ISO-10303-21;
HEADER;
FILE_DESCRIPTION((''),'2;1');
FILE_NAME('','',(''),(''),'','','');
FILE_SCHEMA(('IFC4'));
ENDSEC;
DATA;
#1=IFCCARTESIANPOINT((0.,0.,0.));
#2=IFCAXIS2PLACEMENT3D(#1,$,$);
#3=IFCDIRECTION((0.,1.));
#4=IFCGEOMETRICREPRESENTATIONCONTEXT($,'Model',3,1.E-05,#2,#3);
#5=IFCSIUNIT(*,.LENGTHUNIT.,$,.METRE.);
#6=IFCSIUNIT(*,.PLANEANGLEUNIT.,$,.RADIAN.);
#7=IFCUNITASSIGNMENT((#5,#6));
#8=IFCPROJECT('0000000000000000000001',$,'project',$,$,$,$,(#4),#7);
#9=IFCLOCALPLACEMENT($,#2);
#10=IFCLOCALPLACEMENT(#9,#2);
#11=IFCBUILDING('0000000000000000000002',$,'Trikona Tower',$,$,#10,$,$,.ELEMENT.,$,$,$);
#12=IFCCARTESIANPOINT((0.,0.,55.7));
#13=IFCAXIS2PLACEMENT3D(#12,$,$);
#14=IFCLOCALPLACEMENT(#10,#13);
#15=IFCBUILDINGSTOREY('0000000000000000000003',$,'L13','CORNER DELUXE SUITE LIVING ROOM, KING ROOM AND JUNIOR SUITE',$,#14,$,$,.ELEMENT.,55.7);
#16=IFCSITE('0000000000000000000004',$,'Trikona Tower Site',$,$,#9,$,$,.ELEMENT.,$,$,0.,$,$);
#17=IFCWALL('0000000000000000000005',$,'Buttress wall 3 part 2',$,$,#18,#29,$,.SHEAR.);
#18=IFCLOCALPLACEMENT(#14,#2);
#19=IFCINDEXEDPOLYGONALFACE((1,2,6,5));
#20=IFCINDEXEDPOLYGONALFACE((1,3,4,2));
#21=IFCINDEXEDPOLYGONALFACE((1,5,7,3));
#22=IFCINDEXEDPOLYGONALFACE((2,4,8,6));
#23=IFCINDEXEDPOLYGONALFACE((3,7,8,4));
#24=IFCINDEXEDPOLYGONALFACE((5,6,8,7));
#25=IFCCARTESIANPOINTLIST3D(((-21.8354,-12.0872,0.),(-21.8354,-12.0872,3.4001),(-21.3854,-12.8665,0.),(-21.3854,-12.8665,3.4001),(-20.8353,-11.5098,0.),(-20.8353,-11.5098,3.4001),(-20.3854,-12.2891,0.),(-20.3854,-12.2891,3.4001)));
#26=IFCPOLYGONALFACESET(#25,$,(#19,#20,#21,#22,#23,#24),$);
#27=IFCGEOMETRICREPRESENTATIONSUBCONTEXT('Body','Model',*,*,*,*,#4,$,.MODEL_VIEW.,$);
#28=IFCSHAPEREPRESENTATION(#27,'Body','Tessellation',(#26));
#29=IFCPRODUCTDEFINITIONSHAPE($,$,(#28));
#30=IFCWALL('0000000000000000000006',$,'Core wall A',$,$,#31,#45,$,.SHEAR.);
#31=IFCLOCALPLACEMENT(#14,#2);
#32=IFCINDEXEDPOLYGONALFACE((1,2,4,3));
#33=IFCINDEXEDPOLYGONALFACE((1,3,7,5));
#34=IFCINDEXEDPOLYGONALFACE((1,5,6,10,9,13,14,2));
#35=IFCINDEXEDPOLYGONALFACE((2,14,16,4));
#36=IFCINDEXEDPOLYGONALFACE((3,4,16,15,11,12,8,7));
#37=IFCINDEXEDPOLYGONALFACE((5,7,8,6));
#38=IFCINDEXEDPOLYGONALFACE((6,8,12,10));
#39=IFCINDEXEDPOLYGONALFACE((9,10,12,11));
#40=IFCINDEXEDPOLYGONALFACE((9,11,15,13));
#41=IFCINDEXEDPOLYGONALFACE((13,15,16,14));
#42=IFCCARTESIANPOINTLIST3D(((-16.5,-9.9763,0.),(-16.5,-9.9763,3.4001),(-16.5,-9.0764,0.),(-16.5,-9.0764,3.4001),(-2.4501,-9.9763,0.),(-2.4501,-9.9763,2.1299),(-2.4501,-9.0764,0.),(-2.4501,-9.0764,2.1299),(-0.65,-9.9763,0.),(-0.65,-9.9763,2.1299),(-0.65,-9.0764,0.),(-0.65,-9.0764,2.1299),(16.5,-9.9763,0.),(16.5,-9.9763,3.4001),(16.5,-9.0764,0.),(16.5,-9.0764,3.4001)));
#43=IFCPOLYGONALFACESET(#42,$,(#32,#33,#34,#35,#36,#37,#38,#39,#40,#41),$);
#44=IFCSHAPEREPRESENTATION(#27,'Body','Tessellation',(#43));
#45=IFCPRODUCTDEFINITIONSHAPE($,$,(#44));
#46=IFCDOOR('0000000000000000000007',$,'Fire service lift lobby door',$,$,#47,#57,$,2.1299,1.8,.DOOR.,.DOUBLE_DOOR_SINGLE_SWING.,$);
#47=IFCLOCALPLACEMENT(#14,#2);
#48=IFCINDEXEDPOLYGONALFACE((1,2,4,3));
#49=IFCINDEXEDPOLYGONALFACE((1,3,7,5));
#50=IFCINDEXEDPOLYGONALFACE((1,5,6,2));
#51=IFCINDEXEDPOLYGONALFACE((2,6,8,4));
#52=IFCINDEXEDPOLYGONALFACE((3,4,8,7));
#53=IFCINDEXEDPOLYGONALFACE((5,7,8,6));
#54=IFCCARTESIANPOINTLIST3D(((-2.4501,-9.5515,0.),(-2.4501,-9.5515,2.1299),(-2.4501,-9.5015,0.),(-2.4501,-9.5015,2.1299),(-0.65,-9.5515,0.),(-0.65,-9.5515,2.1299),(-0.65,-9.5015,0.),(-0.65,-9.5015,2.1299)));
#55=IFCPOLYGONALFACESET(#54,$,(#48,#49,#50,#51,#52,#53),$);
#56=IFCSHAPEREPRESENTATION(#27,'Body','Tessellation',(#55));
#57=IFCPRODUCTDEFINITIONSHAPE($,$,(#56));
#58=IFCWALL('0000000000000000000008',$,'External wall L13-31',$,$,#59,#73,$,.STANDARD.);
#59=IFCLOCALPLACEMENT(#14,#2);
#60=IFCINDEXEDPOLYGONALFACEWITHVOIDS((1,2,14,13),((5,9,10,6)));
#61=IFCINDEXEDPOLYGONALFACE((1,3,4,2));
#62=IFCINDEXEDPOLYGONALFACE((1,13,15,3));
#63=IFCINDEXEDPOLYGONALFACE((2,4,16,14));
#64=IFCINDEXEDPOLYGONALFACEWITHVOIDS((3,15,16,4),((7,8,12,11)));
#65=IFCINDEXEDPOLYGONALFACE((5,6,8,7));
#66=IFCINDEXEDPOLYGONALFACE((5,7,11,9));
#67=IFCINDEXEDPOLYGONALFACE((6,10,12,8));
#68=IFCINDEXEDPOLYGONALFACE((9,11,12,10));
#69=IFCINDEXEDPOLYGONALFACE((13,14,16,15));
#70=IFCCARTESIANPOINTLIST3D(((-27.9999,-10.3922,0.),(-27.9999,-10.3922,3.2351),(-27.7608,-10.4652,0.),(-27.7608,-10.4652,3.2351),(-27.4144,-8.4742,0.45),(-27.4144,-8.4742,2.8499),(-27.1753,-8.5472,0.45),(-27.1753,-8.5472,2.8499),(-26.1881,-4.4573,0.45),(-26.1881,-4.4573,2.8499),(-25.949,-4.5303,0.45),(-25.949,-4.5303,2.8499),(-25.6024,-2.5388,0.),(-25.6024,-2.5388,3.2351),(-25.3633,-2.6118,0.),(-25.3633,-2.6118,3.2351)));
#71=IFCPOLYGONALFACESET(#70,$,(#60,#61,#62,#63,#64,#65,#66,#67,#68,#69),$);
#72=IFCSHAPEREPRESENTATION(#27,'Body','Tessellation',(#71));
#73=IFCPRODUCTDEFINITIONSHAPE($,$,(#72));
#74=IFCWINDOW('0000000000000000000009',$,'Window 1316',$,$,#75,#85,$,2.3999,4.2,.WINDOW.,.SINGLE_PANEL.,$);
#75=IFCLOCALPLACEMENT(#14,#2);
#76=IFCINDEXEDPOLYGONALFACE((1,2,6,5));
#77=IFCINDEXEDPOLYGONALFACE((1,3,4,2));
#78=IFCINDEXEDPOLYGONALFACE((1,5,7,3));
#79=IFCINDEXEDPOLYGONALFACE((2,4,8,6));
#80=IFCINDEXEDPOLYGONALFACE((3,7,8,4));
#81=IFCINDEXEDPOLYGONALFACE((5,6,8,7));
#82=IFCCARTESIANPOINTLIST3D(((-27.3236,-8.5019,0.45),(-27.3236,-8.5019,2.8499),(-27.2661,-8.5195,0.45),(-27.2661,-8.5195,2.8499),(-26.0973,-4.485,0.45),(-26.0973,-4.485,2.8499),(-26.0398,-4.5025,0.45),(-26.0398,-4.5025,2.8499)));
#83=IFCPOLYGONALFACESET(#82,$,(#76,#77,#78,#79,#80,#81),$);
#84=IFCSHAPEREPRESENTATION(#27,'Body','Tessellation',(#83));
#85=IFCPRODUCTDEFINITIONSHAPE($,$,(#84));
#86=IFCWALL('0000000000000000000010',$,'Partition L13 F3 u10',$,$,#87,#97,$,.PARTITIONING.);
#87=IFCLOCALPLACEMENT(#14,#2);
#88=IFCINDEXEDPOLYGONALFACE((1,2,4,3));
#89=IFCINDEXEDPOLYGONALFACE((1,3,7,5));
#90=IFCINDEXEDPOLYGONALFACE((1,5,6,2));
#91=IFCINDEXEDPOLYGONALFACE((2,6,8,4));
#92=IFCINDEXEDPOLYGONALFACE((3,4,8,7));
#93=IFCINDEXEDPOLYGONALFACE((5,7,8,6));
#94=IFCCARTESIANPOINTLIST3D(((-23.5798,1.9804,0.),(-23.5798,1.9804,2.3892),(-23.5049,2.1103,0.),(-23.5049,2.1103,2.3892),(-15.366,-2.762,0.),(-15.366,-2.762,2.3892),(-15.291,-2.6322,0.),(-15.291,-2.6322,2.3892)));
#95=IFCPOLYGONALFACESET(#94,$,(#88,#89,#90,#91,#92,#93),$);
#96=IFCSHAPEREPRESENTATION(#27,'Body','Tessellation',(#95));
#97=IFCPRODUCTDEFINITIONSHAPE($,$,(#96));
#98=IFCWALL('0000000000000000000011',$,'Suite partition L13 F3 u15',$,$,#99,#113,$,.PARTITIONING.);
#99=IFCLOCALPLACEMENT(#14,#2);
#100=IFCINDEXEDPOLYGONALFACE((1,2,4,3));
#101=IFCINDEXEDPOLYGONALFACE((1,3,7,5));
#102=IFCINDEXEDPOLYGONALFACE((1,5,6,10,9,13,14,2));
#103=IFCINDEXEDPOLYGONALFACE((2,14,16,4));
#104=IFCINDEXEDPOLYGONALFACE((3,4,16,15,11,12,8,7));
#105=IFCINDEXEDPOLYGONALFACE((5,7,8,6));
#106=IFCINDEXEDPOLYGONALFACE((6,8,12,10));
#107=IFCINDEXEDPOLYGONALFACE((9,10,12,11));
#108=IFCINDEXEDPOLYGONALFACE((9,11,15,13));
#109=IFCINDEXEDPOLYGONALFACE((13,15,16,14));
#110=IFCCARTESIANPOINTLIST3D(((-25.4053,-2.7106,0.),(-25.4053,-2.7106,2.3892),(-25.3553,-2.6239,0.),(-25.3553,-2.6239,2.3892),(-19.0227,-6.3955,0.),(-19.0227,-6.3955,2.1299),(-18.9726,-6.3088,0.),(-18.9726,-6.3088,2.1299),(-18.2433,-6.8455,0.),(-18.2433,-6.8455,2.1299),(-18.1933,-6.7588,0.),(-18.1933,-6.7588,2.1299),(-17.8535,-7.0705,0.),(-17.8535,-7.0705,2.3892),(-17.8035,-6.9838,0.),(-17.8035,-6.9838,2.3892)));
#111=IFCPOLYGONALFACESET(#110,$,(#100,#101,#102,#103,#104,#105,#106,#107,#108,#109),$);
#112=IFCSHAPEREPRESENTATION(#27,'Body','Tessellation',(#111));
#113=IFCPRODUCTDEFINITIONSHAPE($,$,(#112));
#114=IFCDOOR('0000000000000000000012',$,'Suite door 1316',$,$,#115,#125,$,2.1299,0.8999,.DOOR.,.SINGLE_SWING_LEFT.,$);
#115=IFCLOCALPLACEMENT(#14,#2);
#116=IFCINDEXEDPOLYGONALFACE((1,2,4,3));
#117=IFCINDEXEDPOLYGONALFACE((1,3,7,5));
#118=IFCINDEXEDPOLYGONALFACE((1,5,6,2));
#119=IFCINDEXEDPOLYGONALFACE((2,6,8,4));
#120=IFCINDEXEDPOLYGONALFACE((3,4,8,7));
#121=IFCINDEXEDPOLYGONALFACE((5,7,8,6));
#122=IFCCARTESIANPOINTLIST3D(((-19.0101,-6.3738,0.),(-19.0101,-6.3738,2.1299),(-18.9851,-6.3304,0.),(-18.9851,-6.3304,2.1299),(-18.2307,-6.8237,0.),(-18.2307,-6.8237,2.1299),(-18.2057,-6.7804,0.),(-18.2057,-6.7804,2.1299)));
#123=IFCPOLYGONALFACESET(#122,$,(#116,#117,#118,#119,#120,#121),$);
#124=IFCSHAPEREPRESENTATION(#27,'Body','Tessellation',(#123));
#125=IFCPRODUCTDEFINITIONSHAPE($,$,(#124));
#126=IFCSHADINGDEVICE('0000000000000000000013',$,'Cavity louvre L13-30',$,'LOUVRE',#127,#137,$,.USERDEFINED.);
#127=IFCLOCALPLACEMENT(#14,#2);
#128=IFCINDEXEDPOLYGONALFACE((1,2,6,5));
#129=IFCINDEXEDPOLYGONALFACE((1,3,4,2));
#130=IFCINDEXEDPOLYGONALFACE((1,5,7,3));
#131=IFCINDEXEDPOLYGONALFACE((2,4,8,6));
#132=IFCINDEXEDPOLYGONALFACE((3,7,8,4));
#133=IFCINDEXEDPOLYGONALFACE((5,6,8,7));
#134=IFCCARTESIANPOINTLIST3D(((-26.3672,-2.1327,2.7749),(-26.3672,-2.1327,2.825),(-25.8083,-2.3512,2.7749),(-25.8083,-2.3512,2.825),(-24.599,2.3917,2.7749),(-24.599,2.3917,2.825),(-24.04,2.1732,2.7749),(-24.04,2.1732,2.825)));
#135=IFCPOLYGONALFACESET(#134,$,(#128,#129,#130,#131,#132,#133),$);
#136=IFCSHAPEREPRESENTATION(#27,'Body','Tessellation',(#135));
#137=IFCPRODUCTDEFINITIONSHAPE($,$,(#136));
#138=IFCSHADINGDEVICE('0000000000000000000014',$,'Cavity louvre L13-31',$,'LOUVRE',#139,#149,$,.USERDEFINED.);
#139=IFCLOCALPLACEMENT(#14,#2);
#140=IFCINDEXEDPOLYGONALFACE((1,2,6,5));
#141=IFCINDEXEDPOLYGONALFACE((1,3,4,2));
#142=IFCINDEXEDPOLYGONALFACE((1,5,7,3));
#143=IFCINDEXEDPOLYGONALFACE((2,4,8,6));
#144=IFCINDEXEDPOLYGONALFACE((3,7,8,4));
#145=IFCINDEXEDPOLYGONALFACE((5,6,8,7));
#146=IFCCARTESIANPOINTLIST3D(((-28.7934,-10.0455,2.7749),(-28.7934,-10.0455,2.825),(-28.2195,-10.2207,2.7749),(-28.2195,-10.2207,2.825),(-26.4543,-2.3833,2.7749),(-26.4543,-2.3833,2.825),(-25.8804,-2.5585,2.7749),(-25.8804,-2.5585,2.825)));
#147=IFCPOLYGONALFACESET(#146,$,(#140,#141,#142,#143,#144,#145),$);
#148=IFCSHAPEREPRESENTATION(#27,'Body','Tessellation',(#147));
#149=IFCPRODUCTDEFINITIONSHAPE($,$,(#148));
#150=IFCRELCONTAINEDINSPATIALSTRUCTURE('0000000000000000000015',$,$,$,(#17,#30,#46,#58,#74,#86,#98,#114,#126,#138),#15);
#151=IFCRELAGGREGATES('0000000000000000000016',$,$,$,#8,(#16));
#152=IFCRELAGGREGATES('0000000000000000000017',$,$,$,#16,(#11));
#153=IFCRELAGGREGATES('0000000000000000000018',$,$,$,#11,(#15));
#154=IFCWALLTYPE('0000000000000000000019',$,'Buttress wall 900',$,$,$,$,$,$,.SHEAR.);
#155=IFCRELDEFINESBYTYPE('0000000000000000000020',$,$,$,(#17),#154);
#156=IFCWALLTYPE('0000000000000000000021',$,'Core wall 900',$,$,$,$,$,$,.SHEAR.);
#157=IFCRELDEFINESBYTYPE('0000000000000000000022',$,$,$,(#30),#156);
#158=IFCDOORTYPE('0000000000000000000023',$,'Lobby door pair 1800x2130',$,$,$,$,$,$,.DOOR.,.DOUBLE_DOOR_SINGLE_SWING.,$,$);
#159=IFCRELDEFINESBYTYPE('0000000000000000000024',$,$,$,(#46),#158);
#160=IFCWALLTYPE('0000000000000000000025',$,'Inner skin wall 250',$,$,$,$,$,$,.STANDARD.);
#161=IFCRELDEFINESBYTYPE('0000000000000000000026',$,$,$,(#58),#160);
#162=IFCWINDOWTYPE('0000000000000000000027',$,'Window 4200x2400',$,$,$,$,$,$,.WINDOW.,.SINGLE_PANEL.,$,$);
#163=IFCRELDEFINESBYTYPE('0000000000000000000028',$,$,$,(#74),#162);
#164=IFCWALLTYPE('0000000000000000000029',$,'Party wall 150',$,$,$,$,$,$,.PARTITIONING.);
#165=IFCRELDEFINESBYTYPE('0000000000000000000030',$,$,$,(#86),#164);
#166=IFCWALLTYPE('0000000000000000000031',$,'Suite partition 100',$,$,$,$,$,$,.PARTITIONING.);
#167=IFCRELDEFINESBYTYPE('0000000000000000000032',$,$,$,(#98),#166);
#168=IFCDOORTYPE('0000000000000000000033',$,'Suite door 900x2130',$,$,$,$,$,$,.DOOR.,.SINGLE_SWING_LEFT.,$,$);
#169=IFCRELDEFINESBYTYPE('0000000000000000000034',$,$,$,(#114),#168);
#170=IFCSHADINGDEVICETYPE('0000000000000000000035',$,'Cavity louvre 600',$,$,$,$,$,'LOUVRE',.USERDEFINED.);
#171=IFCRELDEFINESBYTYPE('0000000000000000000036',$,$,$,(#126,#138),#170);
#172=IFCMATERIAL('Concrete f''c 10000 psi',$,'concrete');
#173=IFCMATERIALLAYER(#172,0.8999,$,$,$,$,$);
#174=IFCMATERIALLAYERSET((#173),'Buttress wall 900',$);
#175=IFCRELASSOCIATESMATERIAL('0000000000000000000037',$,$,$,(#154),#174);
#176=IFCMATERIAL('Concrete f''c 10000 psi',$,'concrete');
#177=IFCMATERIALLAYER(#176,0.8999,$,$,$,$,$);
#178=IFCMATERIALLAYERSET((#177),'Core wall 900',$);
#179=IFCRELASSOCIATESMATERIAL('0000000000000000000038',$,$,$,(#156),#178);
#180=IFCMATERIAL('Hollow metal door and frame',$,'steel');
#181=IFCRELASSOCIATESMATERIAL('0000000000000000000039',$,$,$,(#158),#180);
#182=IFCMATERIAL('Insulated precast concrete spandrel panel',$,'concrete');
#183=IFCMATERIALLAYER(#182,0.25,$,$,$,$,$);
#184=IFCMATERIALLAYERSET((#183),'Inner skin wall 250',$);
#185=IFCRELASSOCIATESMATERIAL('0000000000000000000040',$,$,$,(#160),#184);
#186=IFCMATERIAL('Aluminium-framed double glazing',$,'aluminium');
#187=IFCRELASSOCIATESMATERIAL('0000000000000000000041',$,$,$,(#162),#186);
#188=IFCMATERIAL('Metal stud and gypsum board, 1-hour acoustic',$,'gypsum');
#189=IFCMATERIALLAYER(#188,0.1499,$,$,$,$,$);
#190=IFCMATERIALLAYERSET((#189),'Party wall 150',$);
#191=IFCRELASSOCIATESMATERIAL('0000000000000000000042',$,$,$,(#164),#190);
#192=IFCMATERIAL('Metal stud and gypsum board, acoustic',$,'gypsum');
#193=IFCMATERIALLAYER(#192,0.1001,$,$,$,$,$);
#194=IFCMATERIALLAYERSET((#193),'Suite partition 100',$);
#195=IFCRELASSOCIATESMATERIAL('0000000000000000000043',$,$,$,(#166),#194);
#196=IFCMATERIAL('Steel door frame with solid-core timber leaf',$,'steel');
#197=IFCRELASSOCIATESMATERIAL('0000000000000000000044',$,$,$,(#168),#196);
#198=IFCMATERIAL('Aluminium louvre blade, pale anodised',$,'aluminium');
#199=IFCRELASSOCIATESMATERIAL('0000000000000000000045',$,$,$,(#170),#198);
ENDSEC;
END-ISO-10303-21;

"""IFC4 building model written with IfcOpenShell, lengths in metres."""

from ifc_helpers import new_model, si_unit, direction, frame, frame_2d, origin, origin_2d, place, context, subcontext, project, spatial, rectangle, extrude, material, layer, layer_set, type_object, element, fill, save


model = new_model("IFC4")

# Units and contexts
model_context = context("Model", 3, precision=1e-05, world=origin(), true_north=direction((0.0, 1.0)))
body_context = subcontext(model_context, "Body", "Model", "MODEL_VIEW")
ifc_project = project(units=[si_unit("LENGTHUNIT", "METRE"), si_unit("PLANEANGLEUNIT", "RADIAN")], contexts=[model_context])

# Site, building, storey
site_placement = place(None, origin())
site = spatial("IfcSite", under=ifc_project, at=site_placement, Name="Trikona Tower Site", CompositionType="ELEMENT", RefElevation=0.0)
building_placement = place(site_placement, origin())
building = spatial("IfcBuilding", under=site, at=building_placement, Name="Trikona Tower", CompositionType="ELEMENT")
storey_placement = place(building_placement, frame((0.0, 0.0, 55.7)))
storey = spatial("IfcBuildingStorey", under=building, at=storey_placement, Name="L13", Description="CORNER DELUXE SUITE LIVING ROOM, KING ROOM AND JUNIOR SUITE", CompositionType="ELEMENT", Elevation=55.7)

# Shared definitions
ifc_material_1 = material(Name="Concrete f'c 10000 psi", Category="concrete")
ifc_layer_1 = layer(ifc_material_1, 0.8999)
ifc_layer_set_1 = layer_set([ifc_layer_1], Name="Buttress wall 900")
wall_type_1 = type_object("IfcWallType", Name="Buttress wall 900", PredefinedType="SHEAR", material=ifc_layer_set_1)

# Wall
wall_1_placement = place(storey_placement, frame((-20.6104, -11.8994, 0.0), z_axis=(0.0, 0.0, 1.0), x_axis=(-0.86601, -0.500027, 0.0)))
element("IfcWall", 1, at=wall_1_placement, inside=storey, type_object=wall_type_1, Name="Buttress wall 3 part 2", PredefinedType="SHEAR", context=body_context, shape_type="SweptSolid", body=[
    extrude(rectangle(XDim=1.1548, YDim=0.8999, at=frame_2d((0.5774, 0.0))), origin(), (0.0, 0.0, 1.0), 3.4001),
])

# Wall, opening, door
ifc_material_2 = material(Name="Concrete f'c 10000 psi", Category="concrete")
ifc_layer_2 = layer(ifc_material_2, 0.8999)
ifc_layer_set_2 = layer_set([ifc_layer_2], Name="Core wall 900")
wall_type_2 = type_object("IfcWallType", Name="Core wall 900", PredefinedType="SHEAR", material=ifc_layer_set_2)
wall_2_placement = place(storey_placement, frame((-16.5, -9.5264, 0.0), z_axis=(0.0, 0.0, 1.0), x_axis=(1.0, 0.0, 0.0)))
wall_2 = element("IfcWall", 2, at=wall_2_placement, inside=storey, type_object=wall_type_2, Name="Core wall A", PredefinedType="SHEAR", context=body_context, shape_type="SweptSolid", body=[
    extrude(rectangle(XDim=33.0, YDim=0.8999, at=frame_2d((16.5, 0.0))), origin(), (0.0, 0.0, 1.0), 3.4001),
])
opening_1_placement = place(wall_2_placement, frame((14.05, 0.0, 0.0)))
opening_1 = element("IfcOpeningElement", 3, at=opening_1_placement, cuts=wall_2, PredefinedType="OPENING", context=body_context, shape_type="SweptSolid", body=[
    extrude(rectangle(XDim=1.8, YDim=2.1299, at=frame_2d((0.8999, 1.0649))), frame((0.0, 0.46, 0.0), z_axis=(0.0, -1.0, 0.0), x_axis=(1.0, 0.0, 0.0)), (0.0, 0.0, 1.0), 0.9199),
])
ifc_material_3 = material(Name="Hollow metal door and frame", Category="steel")
door_type_1 = type_object("IfcDoorType", Name="Lobby door pair 1800x2130", OperationType="DOUBLE_DOOR_SINGLE_SWING", PredefinedType="DOOR", material=ifc_material_3)
door_1_placement = place(opening_1_placement, origin())
door_1 = element("IfcDoor", 4, at=door_1_placement, inside=storey, type_object=door_type_1, Name="Fire service lift lobby door", OperationType="DOUBLE_DOOR_SINGLE_SWING", OverallHeight=2.1299, OverallWidth=1.8, PredefinedType="DOOR", context=body_context, shape_type="SweptSolid", body=[
    extrude(rectangle(XDim=1.8, YDim=2.1299, at=frame_2d((0.8999, 1.0649))), frame((0.0, 0.0249, 0.0), z_axis=(0.0, -1.0, 0.0), x_axis=(1.0, 0.0, 0.0)), (0.0, 0.0, 1.0), 0.05),
])
fill(opening_1, door_1)

# Wall, opening, window
ifc_material_4 = material(Name="Insulated precast concrete spandrel panel", Category="concrete")
ifc_layer_3 = layer(ifc_material_4, 0.25)
ifc_layer_set_3 = layer_set([ifc_layer_3], Name="Inner skin wall 250")
wall_type_3 = type_object("IfcWallType", Name="Inner skin wall 250", PredefinedType="STANDARD", material=ifc_layer_set_3)
wall_3_placement = place(storey_placement, frame((-25.4829, -2.5754, 0.0), z_axis=(0.0, 0.0, 1.0), x_axis=(-0.291979, -0.956425, 0.0)))
wall_3 = element("IfcWall", 5, at=wall_3_placement, inside=storey, type_object=wall_type_3, Name="External wall L13-31", PredefinedType="STANDARD", context=body_context, shape_type="SweptSolid", body=[
    extrude(rectangle(XDim=8.2112, YDim=0.25, at=frame_2d((4.1055, 0.0))), origin(), (0.0, 0.0, 1.0), 3.2351),
])
opening_2_placement = place(wall_3_placement, frame((2.0056, 0.0, 0.45)))
opening_2 = element("IfcOpeningElement", 6, at=opening_2_placement, cuts=wall_3, PredefinedType="OPENING", context=body_context, shape_type="SweptSolid", body=[
    extrude(rectangle(XDim=4.2, YDim=2.3999, at=frame_2d((2.1001, 1.2))), frame((0.0, 0.135, 0.0), z_axis=(0.0, -1.0, 0.0), x_axis=(1.0, 0.0, 0.0)), (0.0, 0.0, 1.0), 0.27),
])
ifc_material_5 = material(Name="Aluminium-framed double glazing", Category="aluminium")
window_type_1 = type_object("IfcWindowType", Name="Window 4200x2400", PartitioningType="SINGLE_PANEL", PredefinedType="WINDOW", material=ifc_material_5)
window_1_placement = place(opening_2_placement, origin())
window_1 = element("IfcWindow", 7, at=window_1_placement, inside=storey, type_object=window_type_1, Name="Window 1316", OverallHeight=2.3999, OverallWidth=4.2, PartitioningType="SINGLE_PANEL", PredefinedType="WINDOW", context=body_context, shape_type="SweptSolid", body=[
    extrude(rectangle(XDim=4.2, YDim=2.3999, at=frame_2d((2.1001, 1.2))), frame((0.0, 0.03, 0.0), z_axis=(0.0, -1.0, 0.0), x_axis=(1.0, 0.0, 0.0)), (0.0, 0.0, 1.0), 0.0601),
])
fill(opening_2, window_1)

# Wall
ifc_material_6 = material(Name="Metal stud and gypsum board, 1-hour acoustic", Category="gypsum")
ifc_layer_4 = layer(ifc_material_6, 0.1499)
ifc_layer_set_4 = layer_set([ifc_layer_4], Name="Party wall 150")
wall_type_4 = type_object("IfcWallType", Name="Party wall 150", PredefinedType="PARTITIONING", material=ifc_layer_set_4)
wall_4_placement = place(storey_placement, frame((-15.3286, -2.697, 0.0), z_axis=(0.0, 0.0, 1.0), x_axis=(-0.866018, 0.500012, 0.0)))
element("IfcWall", 8, at=wall_4_placement, inside=storey, type_object=wall_type_4, Name="Partition L13 F3 u10", PredefinedType="PARTITIONING", context=body_context, shape_type="SweptSolid", body=[
    extrude(rectangle(XDim=9.4846, YDim=0.1499, at=frame_2d((4.7422, 0.0))), origin(), (0.0, 0.0, 1.0), 2.3892),
])

# Wall, opening, door
ifc_material_7 = material(Name="Metal stud and gypsum board, acoustic", Category="gypsum")
ifc_layer_5 = layer(ifc_material_7, 0.1001)
ifc_layer_set_5 = layer_set([ifc_layer_5], Name="Suite partition 100")
wall_type_5 = type_object("IfcWallType", Name="Suite partition 100", PredefinedType="PARTITIONING", material=ifc_layer_set_5)
wall_5_placement = place(storey_placement, frame((-17.8286, -7.0271, 0.0), z_axis=(0.0, 0.0, 1.0), x_axis=(-0.866033, 0.499987, 0.0)))
wall_5 = element("IfcWall", 9, at=wall_5_placement, inside=storey, type_object=wall_type_5, Name="Suite partition L13 F3 u15", PredefinedType="PARTITIONING", context=body_context, shape_type="SweptSolid", body=[
    extrude(rectangle(XDim=8.72, YDim=0.1001, at=frame_2d((4.3599, 0.0))), origin(), (0.0, 0.0, 1.0), 2.3892),
])
opening_3_placement = place(wall_5_placement, frame((0.45, 0.0, 0.0)))
opening_3 = element("IfcOpeningElement", 10, at=opening_3_placement, cuts=wall_5, PredefinedType="OPENING", context=body_context, shape_type="SweptSolid", body=[
    extrude(rectangle(XDim=0.8999, YDim=2.1299, at=frame_2d((0.45, 1.0649))), frame((0.0, 0.0601, 0.0), z_axis=(0.0, -1.0, 0.0), x_axis=(1.0, 0.0, 0.0)), (0.0, 0.0, 1.0), 0.1201),
])
ifc_material_8 = material(Name="Steel door frame with solid-core timber leaf", Category="steel")
door_type_2 = type_object("IfcDoorType", Name="Suite door 900x2130", OperationType="SINGLE_SWING_LEFT", PredefinedType="DOOR", material=ifc_material_8)
door_2_placement = place(opening_3_placement, origin())
door_2 = element("IfcDoor", 11, at=door_2_placement, inside=storey, type_object=door_type_2, Name="Suite door 1316", OperationType="SINGLE_SWING_LEFT", OverallHeight=2.1299, OverallWidth=0.8999, PredefinedType="DOOR", context=body_context, shape_type="SweptSolid", body=[
    extrude(rectangle(XDim=0.8999, YDim=2.1299, at=frame_2d((0.45, 1.0649))), frame((0.0, 0.0249, 0.0), z_axis=(0.0, -1.0, 0.0), x_axis=(1.0, 0.0, 0.0)), (0.0, 0.0, 1.0), 0.05),
])
fill(opening_3, door_2)

# Shading devices
ifc_material_9 = material(Name="Aluminium louvre blade, pale anodised", Category="aluminium")
shading_device_type = type_object("IfcShadingDeviceType", Name="Cavity louvre 600", ElementType="LOUVRE", PredefinedType="USERDEFINED", material=ifc_material_9)
shading_device_1_placement = place(storey_placement, frame((-25.2036, 0.0203, 2.7749), z_axis=(0.0, 0.0, 1.0), x_axis=(-0.364009, -0.931395, 0.0)))
element("IfcShadingDevice", 12, at=shading_device_1_placement, inside=storey, type_object=shading_device_type, Name="Cavity louvre L13-30", ObjectType="LOUVRE", PredefinedType="USERDEFINED", context=body_context, shape_type="SweptSolid", body=[
    extrude(rectangle(XDim=4.8577, YDim=0.6001, at=origin_2d()), origin(), (0.0, 0.0, 1.0), 0.05),
])
shading_device_2_placement = place(storey_placement, frame((-27.3369, -6.302, 2.7749), z_axis=(0.0, 0.0, 1.0), x_axis=(-0.291979, -0.956425, 0.0)))
element("IfcShadingDevice", 13, at=shading_device_2_placement, inside=storey, type_object=shading_device_type, Name="Cavity louvre L13-31", ObjectType="LOUVRE", PredefinedType="USERDEFINED", context=body_context, shape_type="SweptSolid", body=[
    extrude(rectangle(XDim=8.0112, YDim=0.6001, at=origin_2d()), origin(), (0.0, 0.0, 1.0), 0.05),
])

save(model, "model.ifc")
